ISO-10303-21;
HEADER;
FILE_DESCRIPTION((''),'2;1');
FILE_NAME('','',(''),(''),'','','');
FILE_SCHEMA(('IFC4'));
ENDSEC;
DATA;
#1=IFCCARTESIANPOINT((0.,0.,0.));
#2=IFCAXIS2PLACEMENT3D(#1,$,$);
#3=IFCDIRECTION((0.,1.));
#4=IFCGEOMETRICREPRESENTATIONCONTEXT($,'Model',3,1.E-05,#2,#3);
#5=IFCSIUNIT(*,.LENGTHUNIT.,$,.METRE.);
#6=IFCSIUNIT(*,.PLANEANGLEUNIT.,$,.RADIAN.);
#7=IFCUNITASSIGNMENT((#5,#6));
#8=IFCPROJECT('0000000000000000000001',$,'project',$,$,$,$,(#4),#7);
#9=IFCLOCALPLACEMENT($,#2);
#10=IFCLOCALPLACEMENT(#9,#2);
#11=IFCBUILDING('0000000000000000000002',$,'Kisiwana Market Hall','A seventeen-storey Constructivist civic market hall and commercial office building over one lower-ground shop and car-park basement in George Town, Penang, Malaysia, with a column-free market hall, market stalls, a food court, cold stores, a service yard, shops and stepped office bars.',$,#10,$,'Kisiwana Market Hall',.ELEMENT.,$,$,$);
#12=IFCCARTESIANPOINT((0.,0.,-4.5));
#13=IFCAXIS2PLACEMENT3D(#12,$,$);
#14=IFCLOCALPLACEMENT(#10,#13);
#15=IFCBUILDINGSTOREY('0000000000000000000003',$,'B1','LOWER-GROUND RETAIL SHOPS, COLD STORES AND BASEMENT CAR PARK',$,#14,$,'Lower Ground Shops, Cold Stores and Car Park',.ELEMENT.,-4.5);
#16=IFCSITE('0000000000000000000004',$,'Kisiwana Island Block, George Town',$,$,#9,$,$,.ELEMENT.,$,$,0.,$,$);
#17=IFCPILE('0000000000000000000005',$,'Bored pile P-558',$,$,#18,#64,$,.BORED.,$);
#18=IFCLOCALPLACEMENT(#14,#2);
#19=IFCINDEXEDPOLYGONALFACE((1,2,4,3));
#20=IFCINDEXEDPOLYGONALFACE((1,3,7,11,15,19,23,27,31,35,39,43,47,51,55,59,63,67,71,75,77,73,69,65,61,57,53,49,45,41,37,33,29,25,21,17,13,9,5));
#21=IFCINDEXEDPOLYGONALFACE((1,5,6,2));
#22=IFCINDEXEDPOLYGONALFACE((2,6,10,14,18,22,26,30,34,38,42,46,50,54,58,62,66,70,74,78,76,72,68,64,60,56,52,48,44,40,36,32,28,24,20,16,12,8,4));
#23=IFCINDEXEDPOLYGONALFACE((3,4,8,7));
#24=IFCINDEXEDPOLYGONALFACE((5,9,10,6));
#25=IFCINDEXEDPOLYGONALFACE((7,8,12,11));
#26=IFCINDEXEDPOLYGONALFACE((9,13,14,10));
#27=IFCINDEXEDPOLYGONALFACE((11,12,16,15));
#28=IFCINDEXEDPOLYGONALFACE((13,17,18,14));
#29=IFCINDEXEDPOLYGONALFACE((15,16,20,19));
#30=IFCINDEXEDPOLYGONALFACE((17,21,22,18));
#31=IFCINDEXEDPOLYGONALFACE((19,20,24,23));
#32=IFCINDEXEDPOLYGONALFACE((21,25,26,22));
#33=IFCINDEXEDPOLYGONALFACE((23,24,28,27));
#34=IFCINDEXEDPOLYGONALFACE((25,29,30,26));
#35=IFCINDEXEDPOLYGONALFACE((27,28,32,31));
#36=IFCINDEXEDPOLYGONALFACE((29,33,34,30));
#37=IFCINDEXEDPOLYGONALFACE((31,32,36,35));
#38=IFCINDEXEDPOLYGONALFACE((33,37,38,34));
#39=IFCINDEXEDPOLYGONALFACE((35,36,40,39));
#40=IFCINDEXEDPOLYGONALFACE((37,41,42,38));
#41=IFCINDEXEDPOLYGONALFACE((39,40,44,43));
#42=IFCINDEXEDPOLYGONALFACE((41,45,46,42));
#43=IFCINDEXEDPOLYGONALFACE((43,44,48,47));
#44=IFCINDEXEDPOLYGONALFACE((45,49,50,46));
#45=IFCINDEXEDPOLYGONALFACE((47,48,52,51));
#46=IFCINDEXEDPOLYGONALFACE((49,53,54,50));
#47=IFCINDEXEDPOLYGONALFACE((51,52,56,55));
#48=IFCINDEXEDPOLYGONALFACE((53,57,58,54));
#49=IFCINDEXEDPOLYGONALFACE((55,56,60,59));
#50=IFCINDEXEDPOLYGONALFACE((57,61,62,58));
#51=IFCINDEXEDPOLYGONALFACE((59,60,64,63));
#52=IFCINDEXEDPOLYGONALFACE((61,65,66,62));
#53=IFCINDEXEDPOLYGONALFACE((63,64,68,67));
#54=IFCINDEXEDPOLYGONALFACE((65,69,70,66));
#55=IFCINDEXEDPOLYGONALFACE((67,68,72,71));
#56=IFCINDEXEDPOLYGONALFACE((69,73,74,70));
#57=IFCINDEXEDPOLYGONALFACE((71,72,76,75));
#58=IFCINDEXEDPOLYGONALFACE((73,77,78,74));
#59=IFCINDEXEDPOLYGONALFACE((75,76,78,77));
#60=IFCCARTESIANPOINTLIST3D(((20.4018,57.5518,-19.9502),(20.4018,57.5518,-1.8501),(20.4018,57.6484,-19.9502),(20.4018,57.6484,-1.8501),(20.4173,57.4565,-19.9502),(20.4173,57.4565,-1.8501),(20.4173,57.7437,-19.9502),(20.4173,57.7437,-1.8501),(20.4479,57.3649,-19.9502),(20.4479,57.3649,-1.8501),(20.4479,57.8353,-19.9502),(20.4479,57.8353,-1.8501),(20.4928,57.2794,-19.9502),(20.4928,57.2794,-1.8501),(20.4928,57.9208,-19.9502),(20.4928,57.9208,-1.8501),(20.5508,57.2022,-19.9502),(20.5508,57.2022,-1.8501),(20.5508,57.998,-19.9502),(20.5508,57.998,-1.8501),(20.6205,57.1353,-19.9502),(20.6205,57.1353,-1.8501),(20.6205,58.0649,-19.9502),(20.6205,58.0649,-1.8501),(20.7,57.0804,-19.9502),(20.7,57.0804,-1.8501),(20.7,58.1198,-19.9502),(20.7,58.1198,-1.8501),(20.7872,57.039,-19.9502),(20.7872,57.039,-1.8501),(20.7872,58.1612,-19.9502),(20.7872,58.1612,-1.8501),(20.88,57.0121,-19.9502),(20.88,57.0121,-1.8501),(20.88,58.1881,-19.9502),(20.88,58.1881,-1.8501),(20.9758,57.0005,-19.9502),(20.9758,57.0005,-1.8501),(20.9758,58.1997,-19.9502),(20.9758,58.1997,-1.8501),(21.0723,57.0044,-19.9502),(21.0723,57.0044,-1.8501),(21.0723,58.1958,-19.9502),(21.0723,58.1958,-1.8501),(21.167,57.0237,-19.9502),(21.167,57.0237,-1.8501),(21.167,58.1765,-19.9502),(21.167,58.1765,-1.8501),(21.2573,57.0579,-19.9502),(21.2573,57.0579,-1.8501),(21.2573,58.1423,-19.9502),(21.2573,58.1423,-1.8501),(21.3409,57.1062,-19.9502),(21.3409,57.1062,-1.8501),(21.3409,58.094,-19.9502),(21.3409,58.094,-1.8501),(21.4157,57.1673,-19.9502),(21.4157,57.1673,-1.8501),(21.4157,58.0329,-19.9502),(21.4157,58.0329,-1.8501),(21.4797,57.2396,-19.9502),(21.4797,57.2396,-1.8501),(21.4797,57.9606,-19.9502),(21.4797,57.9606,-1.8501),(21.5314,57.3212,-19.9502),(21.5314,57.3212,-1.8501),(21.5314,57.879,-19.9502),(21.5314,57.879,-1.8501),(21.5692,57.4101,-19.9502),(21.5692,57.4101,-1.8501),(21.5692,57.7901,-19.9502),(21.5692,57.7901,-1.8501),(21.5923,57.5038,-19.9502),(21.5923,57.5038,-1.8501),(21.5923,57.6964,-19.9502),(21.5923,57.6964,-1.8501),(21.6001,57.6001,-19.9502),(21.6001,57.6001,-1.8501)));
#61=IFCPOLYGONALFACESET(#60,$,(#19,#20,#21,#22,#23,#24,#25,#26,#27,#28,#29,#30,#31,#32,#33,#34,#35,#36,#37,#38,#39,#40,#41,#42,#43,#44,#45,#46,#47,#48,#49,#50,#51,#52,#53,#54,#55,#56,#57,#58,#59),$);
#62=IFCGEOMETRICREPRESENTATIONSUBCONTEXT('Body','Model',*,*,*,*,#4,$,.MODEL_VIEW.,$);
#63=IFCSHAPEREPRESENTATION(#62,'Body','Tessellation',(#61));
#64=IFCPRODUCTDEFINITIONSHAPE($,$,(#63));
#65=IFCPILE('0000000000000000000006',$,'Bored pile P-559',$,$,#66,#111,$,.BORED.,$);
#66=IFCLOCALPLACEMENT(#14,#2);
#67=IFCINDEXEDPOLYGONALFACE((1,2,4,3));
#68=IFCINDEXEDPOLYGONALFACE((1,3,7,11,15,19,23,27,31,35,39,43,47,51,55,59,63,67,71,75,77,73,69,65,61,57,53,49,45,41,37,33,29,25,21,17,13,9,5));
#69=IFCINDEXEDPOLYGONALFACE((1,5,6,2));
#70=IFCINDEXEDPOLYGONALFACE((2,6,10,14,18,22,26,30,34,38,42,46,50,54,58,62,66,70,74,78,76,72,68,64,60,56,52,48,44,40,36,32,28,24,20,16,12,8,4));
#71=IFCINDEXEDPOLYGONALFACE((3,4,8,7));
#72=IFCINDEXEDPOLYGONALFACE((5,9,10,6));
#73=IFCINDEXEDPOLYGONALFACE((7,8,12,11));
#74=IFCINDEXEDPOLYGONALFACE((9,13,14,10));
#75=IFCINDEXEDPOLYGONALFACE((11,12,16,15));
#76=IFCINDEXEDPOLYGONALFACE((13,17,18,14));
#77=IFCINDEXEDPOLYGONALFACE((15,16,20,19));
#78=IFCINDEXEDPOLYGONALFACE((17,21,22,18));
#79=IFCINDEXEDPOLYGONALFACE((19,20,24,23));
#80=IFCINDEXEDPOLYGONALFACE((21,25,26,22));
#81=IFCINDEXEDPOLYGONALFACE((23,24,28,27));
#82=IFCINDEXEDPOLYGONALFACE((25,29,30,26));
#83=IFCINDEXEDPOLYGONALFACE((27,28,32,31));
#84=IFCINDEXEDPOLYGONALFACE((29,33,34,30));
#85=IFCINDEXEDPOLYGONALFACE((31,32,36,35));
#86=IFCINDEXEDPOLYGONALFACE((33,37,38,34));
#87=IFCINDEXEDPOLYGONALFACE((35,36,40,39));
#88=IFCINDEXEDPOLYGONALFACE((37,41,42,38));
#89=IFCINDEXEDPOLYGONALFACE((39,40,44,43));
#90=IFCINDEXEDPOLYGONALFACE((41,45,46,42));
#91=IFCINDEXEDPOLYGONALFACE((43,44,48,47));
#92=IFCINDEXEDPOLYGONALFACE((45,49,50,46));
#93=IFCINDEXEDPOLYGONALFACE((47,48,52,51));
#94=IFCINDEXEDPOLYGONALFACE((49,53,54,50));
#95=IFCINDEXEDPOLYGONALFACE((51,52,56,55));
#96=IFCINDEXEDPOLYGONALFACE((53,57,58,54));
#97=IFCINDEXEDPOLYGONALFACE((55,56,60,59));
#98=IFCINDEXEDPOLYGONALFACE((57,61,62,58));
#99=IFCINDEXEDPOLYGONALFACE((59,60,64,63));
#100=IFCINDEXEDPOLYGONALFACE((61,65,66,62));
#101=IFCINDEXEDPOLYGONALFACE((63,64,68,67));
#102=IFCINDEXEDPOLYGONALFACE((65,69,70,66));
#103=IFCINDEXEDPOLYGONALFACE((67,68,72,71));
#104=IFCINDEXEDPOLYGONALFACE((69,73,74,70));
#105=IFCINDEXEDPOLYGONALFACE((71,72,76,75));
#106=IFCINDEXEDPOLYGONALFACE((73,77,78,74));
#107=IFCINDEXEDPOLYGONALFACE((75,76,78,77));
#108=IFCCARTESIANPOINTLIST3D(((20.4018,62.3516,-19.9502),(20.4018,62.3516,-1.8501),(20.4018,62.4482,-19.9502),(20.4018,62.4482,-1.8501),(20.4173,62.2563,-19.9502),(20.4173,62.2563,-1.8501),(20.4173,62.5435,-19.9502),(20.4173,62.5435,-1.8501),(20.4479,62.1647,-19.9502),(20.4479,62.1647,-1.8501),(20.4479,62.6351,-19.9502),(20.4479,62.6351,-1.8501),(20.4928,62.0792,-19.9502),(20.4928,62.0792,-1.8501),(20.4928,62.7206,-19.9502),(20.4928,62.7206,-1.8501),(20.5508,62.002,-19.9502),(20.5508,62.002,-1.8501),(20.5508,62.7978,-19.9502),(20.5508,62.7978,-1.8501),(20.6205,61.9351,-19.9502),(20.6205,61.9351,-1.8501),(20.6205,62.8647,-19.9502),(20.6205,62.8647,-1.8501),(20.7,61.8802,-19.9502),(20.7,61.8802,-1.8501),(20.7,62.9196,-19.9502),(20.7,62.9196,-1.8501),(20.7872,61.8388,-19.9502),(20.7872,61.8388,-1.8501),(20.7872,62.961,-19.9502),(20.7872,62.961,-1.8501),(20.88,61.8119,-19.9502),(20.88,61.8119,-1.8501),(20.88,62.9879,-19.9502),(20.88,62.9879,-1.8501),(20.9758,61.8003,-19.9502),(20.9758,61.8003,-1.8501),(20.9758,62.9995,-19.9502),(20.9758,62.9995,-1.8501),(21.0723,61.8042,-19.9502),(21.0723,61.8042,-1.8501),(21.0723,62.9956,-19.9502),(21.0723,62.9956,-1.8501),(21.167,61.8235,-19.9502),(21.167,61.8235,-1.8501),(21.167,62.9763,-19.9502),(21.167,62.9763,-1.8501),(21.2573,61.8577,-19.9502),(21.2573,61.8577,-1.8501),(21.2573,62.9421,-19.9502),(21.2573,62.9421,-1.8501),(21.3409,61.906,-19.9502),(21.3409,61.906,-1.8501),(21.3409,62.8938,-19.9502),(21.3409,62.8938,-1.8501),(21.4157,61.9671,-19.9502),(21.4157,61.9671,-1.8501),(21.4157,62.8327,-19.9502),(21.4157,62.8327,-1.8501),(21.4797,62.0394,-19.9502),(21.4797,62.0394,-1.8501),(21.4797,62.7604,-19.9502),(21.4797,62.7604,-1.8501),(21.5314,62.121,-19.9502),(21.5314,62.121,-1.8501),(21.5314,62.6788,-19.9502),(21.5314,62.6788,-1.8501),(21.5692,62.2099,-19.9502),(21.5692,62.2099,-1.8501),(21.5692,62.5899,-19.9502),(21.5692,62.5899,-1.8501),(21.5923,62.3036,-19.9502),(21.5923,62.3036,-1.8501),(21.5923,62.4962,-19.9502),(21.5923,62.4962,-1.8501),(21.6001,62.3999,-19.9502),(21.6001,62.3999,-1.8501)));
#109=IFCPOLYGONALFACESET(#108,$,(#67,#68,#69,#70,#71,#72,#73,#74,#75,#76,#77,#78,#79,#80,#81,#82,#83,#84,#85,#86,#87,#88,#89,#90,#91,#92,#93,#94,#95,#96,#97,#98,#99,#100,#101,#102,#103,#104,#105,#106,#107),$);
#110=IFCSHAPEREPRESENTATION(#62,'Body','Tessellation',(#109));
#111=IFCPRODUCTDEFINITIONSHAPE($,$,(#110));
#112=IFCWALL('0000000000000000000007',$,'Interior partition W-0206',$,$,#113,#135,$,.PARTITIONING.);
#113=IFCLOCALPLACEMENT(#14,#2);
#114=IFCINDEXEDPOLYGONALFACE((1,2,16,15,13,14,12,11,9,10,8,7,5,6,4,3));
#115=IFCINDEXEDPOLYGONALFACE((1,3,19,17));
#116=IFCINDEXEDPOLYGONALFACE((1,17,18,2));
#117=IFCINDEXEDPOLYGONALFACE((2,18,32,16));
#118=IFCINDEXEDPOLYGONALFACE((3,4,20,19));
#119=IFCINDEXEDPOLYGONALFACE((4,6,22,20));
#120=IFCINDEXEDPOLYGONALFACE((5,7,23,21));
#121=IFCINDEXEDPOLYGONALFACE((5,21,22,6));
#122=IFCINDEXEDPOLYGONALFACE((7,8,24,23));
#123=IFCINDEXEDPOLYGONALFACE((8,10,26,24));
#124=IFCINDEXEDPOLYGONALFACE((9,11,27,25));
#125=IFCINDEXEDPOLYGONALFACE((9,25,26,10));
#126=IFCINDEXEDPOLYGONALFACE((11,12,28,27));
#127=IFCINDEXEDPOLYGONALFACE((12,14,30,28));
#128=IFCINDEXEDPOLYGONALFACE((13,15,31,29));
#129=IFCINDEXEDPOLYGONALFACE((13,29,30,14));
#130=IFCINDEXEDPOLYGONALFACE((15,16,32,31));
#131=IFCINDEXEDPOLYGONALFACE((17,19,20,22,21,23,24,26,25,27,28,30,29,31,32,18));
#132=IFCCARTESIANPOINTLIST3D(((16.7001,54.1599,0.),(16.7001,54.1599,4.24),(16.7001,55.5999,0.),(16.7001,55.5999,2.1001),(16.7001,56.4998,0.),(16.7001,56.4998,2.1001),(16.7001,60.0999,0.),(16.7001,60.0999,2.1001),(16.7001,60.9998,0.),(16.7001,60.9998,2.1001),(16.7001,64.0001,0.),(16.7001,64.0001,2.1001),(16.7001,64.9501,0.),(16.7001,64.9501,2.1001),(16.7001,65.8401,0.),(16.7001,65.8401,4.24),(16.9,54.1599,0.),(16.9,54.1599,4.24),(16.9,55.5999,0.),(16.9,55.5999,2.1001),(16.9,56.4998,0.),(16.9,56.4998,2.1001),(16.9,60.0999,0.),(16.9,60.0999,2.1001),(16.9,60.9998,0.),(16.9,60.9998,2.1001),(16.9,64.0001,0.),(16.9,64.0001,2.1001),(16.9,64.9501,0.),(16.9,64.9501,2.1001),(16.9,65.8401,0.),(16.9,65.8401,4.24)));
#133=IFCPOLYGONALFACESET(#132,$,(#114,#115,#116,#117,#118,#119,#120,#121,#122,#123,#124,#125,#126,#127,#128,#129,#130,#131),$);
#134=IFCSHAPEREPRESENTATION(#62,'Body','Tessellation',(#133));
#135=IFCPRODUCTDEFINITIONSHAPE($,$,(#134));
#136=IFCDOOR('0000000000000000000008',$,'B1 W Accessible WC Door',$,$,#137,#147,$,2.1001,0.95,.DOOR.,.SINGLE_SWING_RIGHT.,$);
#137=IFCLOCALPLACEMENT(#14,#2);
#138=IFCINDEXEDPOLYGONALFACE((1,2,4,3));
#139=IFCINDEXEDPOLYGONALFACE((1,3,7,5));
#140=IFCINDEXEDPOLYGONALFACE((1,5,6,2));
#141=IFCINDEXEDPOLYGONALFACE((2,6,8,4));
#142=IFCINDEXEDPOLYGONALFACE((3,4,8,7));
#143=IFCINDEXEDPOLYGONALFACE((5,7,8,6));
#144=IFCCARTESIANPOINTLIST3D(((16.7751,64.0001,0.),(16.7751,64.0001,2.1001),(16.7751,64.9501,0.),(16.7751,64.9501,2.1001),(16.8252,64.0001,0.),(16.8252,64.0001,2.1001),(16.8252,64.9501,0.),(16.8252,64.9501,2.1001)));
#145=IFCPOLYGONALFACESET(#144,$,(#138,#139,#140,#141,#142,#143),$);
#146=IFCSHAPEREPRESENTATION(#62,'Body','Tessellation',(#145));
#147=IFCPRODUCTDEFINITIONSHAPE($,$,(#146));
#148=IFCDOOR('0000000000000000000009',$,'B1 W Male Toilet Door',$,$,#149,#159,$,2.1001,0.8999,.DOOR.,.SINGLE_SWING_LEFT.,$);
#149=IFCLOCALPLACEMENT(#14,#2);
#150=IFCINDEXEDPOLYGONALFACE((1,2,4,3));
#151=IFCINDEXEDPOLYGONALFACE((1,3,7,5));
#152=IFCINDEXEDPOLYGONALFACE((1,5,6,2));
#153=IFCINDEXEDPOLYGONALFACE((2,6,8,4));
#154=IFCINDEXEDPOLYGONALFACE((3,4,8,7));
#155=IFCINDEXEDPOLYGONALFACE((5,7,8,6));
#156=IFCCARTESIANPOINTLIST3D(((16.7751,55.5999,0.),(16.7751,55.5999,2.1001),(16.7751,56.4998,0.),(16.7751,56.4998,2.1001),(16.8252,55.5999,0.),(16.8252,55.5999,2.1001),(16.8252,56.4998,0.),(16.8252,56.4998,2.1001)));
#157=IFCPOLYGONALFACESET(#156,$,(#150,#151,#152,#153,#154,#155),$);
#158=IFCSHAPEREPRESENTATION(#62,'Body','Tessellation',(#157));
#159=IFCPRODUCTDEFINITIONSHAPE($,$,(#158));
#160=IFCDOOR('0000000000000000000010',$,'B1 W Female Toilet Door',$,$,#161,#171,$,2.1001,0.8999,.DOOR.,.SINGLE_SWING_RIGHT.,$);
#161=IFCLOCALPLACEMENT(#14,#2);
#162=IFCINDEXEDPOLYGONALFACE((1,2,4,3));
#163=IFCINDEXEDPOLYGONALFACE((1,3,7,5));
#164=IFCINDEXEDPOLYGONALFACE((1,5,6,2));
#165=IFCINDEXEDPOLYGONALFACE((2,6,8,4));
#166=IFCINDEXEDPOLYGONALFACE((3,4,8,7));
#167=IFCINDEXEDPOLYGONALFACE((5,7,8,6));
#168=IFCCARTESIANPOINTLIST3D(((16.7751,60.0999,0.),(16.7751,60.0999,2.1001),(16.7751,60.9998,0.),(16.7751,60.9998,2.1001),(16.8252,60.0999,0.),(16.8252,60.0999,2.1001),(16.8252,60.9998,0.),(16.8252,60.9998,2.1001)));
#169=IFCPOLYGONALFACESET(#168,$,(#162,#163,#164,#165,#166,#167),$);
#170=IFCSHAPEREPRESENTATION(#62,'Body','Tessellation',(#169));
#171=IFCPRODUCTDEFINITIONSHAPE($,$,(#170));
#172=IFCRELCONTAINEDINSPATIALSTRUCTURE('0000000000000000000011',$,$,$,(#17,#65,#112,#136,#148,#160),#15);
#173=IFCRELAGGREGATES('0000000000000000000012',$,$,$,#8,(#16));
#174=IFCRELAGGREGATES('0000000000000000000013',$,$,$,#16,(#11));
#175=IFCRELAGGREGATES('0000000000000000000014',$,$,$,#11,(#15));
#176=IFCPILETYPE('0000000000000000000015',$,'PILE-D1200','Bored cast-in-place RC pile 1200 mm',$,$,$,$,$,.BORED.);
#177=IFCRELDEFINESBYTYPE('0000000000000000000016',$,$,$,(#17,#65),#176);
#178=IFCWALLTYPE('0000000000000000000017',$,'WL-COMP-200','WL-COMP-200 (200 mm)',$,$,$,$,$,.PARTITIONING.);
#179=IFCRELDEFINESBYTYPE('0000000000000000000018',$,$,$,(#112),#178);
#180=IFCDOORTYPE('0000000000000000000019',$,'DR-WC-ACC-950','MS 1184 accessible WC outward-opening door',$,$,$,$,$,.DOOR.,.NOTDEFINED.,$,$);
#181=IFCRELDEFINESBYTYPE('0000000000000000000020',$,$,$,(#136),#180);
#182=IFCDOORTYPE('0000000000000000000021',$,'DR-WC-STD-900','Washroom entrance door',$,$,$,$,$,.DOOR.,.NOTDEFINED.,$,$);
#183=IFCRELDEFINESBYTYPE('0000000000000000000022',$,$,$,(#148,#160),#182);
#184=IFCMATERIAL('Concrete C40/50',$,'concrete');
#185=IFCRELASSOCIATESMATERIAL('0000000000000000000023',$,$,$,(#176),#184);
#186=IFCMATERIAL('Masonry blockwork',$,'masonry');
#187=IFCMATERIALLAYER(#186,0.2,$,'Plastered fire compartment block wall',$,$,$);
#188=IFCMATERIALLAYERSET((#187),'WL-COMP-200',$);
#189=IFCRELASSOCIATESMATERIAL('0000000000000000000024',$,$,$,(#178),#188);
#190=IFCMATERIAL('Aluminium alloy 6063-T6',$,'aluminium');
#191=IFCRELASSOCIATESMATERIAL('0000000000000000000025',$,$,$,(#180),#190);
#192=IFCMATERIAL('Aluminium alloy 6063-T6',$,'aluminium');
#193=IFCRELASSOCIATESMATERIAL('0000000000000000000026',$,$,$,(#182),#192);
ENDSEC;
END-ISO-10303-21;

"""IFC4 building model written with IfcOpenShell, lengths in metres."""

from ifc_helpers import new_model, si_unit, direction, frame, frame_2d, origin, origin_2d, place, context, subcontext, project, spatial, rectangle, circle, extrude, material, layer, layer_set, material_profile, profile_set, type_object, element, fill, save


model = new_model("IFC4")

# Units and contexts
model_context = context("Model", 3, precision=1e-05, world=origin(), true_north=direction((0.0, 1.0)))
body_context = subcontext(model_context, "Body", "Model", "MODEL_VIEW")
ifc_project = project(units=[si_unit("LENGTHUNIT", "METRE"), si_unit("PLANEANGLEUNIT", "RADIAN")], contexts=[model_context])

# Site, building, storey
site_placement = place(None, origin())
site = spatial("IfcSite", under=ifc_project, at=site_placement, Name="Kisiwana Island Block, George Town", CompositionType="ELEMENT", RefElevation=0.0)
building_placement = place(site_placement, origin())
building = spatial("IfcBuilding", under=site, at=building_placement, Name="Kisiwana Market Hall", Description="A seventeen-storey Constructivist civic market hall and commercial office building over one lower-ground shop and car-park basement in George Town, Penang, Malaysia, with a column-free market hall, market stalls, a food court, cold stores, a service yard, shops and stepped office bars.", LongName="Kisiwana Market Hall", CompositionType="ELEMENT")
storey_placement = place(building_placement, frame((0.0, 0.0, -4.5)))
storey = spatial("IfcBuildingStorey", under=building, at=storey_placement, Name="B1", Description="LOWER-GROUND RETAIL SHOPS, COLD STORES AND BASEMENT CAR PARK", LongName="Lower Ground Shops, Cold Stores and Car Park", CompositionType="ELEMENT", Elevation=-4.5)

# Piles
ifc_material_1 = material(Name="Concrete C40/50", Category="concrete")
ifc_material_profile_1 = material_profile(ifc_material_1, circle(Radius=0.6001, at=origin_2d()), Name="BP D1200")
ifc_profile_set_1 = profile_set([ifc_material_profile_1], Name="Concrete C40/50")
pile_type_1 = type_object("IfcPileType", Name="PILE-D1200", Description="Bored cast-in-place RC pile 1200 mm", PredefinedType="BORED", material=ifc_profile_set_1)
for number, where, z_axis, x_axis, name in (
    (1, (21.0, 57.6001, -1.8501), (0.0, 0.0, -1.0), (1.0, 0.0, 0.0), "Bored pile P-558"),
    (2, (21.0, 62.3999, -1.8501), (0.0, 0.0, -1.0), (1.0, 0.0, 0.0), "Bored pile P-559"),
):
    element("IfcPile", number, at=place(storey_placement, frame(where, z_axis=z_axis, x_axis=x_axis)), inside=storey, type_object=pile_type_1, Name=name, PredefinedType="BORED", context=body_context, shape_type="SweptSolid", body=[
        extrude(circle(Radius=0.6001, at=origin_2d()), origin(), (0.0, 0.0, 1.0), 18.1001),
    ])

# Wall, openings, doors
ifc_material_2 = material(Name="Masonry blockwork", Category="masonry")
ifc_layer_1 = layer(ifc_material_2, 0.2, Name="Plastered fire compartment block wall")
ifc_layer_set_1 = layer_set([ifc_layer_1], Name="WL-COMP-200")
wall_type_1 = type_object("IfcWallType", Name="WL-COMP-200", Description="WL-COMP-200 (200 mm)", PredefinedType="PARTITIONING", material=ifc_layer_set_1)
wall_1_placement = place(storey_placement, frame((16.8, 54.1599, 0.0), z_axis=(0.0, 0.0, 1.0), x_axis=(0.0, 1.0, 0.0)))
wall_1 = element("IfcWall", 3, at=wall_1_placement, inside=storey, type_object=wall_type_1, Name="Interior partition W-0206", PredefinedType="PARTITIONING", context=body_context, shape_type="SweptSolid", body=[
    extrude(rectangle(XDim=11.6802, YDim=0.2, at=frame_2d((5.8401, 0.0))), origin(), (0.0, 0.0, 1.0), 4.24),
])
opening_1_placement = place(wall_1_placement, frame((1.4399, 0.0, 0.0)))
opening_1 = element("IfcOpeningElement", 4, at=opening_1_placement, cuts=wall_1, PredefinedType="OPENING", context=body_context, shape_type="SweptSolid", body=[
    extrude(rectangle(XDim=0.8999, YDim=2.1001, at=frame_2d((0.45, 1.05))), frame((0.0, 0.1118, 0.0), z_axis=(0.0, -1.0, 0.0), x_axis=(1.0, 0.0, 0.0)), (0.0, 0.0, 1.0), 0.2239),
])
opening_2_placement = place(wall_1_placement, frame((5.9399, 0.0, 0.0)))
opening_2 = element("IfcOpeningElement", 5, at=opening_2_placement, cuts=wall_1, PredefinedType="OPENING", context=body_context, shape_type="SweptSolid", body=[
    extrude(rectangle(XDim=0.8999, YDim=2.1001, at=frame_2d((0.45, 1.05))), frame((0.0, 0.1118, 0.0), z_axis=(0.0, -1.0, 0.0), x_axis=(1.0, 0.0, 0.0)), (0.0, 0.0, 1.0), 0.2239),
])
opening_3_placement = place(wall_1_placement, frame((9.8401, 0.0, 0.0)))
opening_3 = element("IfcOpeningElement", 6, at=opening_3_placement, cuts=wall_1, PredefinedType="OPENING", context=body_context, shape_type="SweptSolid", body=[
    extrude(rectangle(XDim=0.95, YDim=2.1001, at=frame_2d((0.4751, 1.05))), frame((0.0, 0.1118, 0.0), z_axis=(0.0, -1.0, 0.0), x_axis=(1.0, 0.0, 0.0)), (0.0, 0.0, 1.0), 0.2239),
])
ifc_material_3 = material(Name="Aluminium alloy 6063-T6", Category="aluminium")
door_type_1 = type_object("IfcDoorType", Name="DR-WC-ACC-950", Description="MS 1184 accessible WC outward-opening door", OperationType="NOTDEFINED", PredefinedType="DOOR", material=ifc_material_3)
door_1_placement = place(opening_3_placement, origin())
door_1 = element("IfcDoor", 7, at=door_1_placement, inside=storey, type_object=door_type_1, Name="B1 W Accessible WC Door", OperationType="SINGLE_SWING_RIGHT", OverallHeight=2.1001, OverallWidth=0.95, PredefinedType="DOOR", context=body_context, shape_type="SweptSolid", body=[
    extrude(rectangle(XDim=0.95, YDim=2.1001, at=frame_2d((0.4751, 1.05))), frame((0.0, 0.0249, 0.0), z_axis=(0.0, -1.0, 0.0), x_axis=(1.0, 0.0, 0.0)), (0.0, 0.0, 1.0), 0.05),
])
fill(opening_3, door_1)
ifc_material_4 = material(Name="Aluminium alloy 6063-T6", Category="aluminium")
door_type_2 = type_object("IfcDoorType", Name="DR-WC-STD-900", Description="Washroom entrance door", OperationType="NOTDEFINED", PredefinedType="DOOR", material=ifc_material_4)
door_2_placement = place(opening_1_placement, origin())
door_2 = element("IfcDoor", 8, at=door_2_placement, inside=storey, type_object=door_type_2, Name="B1 W Male Toilet Door", OperationType="SINGLE_SWING_LEFT", OverallHeight=2.1001, OverallWidth=0.8999, PredefinedType="DOOR", context=body_context, shape_type="SweptSolid", body=[
    extrude(rectangle(XDim=0.8999, YDim=2.1001, at=frame_2d((0.45, 1.05))), frame((0.0, 0.0249, 0.0), z_axis=(0.0, -1.0, 0.0), x_axis=(1.0, 0.0, 0.0)), (0.0, 0.0, 1.0), 0.05),
])
fill(opening_1, door_2)
door_3_placement = place(opening_2_placement, origin())
door_3 = element("IfcDoor", 9, at=door_3_placement, inside=storey, type_object=door_type_2, Name="B1 W Female Toilet Door", OperationType="SINGLE_SWING_RIGHT", OverallHeight=2.1001, OverallWidth=0.8999, PredefinedType="DOOR", context=body_context, shape_type="SweptSolid", body=[
    extrude(rectangle(XDim=0.8999, YDim=2.1001, at=frame_2d((0.45, 1.05))), frame((0.0, 0.0249, 0.0), z_axis=(0.0, -1.0, 0.0), x_axis=(1.0, 0.0, 0.0)), (0.0, 0.0, 1.0), 0.05),
])
fill(opening_2, door_3)

save(model, "model.ifc")
